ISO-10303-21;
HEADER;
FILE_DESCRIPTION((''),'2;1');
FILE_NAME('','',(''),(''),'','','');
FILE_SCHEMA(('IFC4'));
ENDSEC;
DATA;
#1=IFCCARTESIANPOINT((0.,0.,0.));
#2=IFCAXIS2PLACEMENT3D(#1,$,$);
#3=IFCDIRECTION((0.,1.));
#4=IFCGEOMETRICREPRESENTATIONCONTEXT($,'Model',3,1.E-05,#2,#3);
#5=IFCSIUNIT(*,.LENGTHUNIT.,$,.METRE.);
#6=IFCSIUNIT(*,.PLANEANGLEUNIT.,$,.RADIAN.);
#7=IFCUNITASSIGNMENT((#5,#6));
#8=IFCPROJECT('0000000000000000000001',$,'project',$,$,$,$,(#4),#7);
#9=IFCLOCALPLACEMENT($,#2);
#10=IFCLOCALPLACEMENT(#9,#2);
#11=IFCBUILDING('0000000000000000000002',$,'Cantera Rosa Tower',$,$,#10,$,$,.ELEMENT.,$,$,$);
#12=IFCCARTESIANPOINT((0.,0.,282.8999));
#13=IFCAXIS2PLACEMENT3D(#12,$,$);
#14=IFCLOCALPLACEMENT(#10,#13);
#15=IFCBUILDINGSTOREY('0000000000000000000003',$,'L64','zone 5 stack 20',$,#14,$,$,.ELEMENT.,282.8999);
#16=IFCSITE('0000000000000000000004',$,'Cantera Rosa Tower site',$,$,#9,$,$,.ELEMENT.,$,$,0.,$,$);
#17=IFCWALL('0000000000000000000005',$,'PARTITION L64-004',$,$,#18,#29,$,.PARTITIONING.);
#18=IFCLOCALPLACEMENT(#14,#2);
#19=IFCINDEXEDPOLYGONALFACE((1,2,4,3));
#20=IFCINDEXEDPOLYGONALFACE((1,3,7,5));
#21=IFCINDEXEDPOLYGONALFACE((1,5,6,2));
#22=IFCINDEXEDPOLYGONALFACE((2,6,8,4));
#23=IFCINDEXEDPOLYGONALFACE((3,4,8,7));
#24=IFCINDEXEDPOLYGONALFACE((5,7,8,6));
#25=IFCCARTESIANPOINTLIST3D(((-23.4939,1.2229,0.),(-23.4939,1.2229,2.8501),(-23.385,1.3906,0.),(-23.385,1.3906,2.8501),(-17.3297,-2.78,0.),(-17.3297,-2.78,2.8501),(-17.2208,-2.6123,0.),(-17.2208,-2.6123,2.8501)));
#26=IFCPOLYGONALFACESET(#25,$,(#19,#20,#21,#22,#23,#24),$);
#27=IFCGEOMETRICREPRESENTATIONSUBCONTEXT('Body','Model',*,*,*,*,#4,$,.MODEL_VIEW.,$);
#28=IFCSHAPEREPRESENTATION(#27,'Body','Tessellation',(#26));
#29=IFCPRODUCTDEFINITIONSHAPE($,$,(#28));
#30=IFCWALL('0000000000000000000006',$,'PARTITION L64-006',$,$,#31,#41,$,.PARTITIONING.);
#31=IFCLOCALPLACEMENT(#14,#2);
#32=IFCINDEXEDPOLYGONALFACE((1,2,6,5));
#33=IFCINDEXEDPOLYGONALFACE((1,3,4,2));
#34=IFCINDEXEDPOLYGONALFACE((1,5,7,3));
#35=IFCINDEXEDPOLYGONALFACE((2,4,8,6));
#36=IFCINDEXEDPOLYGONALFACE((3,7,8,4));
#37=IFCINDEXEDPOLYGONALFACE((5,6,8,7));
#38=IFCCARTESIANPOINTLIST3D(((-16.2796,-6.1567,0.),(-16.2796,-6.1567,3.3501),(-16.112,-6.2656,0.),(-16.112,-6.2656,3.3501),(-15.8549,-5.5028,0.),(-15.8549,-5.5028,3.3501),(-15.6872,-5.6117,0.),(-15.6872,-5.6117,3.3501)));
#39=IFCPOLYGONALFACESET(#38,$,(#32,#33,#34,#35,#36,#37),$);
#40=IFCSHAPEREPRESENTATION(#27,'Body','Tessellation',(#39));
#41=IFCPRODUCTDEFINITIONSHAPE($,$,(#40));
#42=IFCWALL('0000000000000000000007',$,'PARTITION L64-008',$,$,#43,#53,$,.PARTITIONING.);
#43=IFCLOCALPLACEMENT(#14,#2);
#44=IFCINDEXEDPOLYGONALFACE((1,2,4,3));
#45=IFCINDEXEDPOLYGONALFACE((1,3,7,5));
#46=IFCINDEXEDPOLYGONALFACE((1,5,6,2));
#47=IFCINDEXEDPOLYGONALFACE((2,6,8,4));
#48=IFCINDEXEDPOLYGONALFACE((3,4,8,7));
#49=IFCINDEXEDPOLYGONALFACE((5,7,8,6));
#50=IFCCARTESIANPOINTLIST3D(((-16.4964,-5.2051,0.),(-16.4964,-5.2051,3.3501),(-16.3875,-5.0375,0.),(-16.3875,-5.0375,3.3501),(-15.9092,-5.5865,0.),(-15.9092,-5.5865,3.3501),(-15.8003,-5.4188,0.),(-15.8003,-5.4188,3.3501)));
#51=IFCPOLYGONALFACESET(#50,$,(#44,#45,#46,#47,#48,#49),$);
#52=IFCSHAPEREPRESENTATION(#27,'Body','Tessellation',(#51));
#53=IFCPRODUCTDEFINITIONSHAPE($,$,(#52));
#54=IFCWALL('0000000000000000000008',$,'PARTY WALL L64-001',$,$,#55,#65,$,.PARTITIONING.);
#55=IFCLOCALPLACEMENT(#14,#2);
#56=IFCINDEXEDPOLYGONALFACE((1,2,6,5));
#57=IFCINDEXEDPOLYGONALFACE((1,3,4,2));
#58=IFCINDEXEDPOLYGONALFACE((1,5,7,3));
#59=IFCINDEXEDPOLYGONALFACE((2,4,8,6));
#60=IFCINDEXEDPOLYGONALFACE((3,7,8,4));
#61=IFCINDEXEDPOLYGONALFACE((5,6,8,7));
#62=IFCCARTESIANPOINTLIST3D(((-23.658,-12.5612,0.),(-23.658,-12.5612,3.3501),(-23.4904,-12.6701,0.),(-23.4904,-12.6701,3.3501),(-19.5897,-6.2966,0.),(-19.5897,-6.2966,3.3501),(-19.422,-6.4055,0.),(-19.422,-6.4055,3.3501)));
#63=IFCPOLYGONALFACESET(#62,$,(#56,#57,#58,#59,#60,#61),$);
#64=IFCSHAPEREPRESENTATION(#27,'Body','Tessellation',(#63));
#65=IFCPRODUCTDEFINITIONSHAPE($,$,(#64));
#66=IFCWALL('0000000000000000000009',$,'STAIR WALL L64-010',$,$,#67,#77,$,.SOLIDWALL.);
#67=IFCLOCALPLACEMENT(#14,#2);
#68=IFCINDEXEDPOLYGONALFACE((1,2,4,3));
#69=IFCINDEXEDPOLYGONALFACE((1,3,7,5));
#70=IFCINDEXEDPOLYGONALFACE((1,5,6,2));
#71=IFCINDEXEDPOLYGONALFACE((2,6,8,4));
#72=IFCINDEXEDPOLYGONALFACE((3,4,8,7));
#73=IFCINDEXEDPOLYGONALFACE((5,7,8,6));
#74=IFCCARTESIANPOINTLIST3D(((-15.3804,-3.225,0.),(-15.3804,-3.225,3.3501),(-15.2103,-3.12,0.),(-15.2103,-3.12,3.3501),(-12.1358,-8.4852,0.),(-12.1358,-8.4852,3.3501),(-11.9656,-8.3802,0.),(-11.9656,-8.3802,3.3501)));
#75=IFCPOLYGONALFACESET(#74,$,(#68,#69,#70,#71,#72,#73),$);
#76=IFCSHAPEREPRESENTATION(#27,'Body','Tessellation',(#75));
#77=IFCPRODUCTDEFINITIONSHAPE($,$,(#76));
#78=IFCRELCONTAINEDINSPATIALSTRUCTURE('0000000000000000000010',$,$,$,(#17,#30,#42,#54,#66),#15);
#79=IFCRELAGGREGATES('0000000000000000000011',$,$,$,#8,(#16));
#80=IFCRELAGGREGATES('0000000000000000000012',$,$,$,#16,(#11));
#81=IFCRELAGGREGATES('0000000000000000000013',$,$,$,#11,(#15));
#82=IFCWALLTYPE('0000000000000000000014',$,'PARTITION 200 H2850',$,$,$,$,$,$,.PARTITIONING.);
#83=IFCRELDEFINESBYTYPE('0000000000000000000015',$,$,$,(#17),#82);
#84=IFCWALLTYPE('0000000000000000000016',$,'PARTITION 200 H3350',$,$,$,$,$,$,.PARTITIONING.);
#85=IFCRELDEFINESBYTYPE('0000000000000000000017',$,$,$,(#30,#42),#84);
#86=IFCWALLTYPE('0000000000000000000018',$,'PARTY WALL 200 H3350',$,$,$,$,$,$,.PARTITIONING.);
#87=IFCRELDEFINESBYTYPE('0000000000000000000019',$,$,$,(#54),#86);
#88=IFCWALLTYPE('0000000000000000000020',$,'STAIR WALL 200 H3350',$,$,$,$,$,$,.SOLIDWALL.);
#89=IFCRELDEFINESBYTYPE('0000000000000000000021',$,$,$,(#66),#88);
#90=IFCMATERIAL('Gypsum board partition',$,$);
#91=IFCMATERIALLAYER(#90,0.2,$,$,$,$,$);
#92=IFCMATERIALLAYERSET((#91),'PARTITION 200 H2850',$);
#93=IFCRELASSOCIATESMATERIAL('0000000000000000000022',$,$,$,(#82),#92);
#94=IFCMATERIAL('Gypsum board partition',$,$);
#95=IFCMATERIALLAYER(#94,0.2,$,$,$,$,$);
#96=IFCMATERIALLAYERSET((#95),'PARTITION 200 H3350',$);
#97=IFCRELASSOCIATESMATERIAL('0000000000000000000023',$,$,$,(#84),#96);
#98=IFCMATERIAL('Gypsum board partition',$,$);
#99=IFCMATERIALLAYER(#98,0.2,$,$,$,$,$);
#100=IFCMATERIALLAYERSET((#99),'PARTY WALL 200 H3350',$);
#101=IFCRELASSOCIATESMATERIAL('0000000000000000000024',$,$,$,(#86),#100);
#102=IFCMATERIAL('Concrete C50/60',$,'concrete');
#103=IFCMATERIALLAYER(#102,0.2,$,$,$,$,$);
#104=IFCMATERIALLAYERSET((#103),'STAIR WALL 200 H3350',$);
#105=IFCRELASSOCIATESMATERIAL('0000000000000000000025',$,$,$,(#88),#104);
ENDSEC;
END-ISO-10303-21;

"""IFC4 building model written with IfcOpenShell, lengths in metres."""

from ifc_helpers import new_model, si_unit, direction, frame, frame_2d, origin, place, context, subcontext, project, spatial, rectangle, extrude, material, layer, layer_set, type_object, element, save


model = new_model("IFC4")

# Units and contexts
model_context = context("Model", 3, precision=1e-05, world=origin(), true_north=direction((0.0, 1.0)))
body_context = subcontext(model_context, "Body", "Model", "MODEL_VIEW")
ifc_project = project(units=[si_unit("LENGTHUNIT", "METRE"), si_unit("PLANEANGLEUNIT", "RADIAN")], contexts=[model_context])

# Site, building, storey
site_placement = place(None, origin())
site = spatial("IfcSite", under=ifc_project, at=site_placement, Name="Cantera Rosa Tower site", CompositionType="ELEMENT", RefElevation=0.0)
building_placement = place(site_placement, origin())
building = spatial("IfcBuilding", under=site, at=building_placement, Name="Cantera Rosa Tower", CompositionType="ELEMENT")
storey_placement = place(building_placement, frame((0.0, 0.0, 282.8999)))
storey = spatial("IfcBuildingStorey", under=building, at=storey_placement, Name="L64", Description="zone 5 stack 20", CompositionType="ELEMENT", Elevation=282.8999)

# Walls
ifc_material_1 = material(Name="Gypsum board partition")
ifc_layer_1 = layer(ifc_material_1, 0.2)
ifc_layer_set_1 = layer_set([ifc_layer_1], Name="PARTITION 200 H2850")
wall_type_1 = type_object("IfcWallType", Name="PARTITION 200 H2850", PredefinedType="PARTITIONING", material=ifc_layer_set_1)
wall_1_placement = place(storey_placement, frame((-17.2754, -2.696, 0.0), z_axis=(0.0, 0.0, 1.0), x_axis=(-0.838684, 0.544618, 0.0)))
element("IfcWall", 1, at=wall_1_placement, inside=storey, type_object=wall_type_1, Name="PARTITION L64-004", PredefinedType="PARTITIONING", context=body_context, shape_type="SweptSolid", body=[
    extrude(rectangle(XDim=7.3499, YDim=0.2, at=frame_2d((3.6748, 0.0))), origin(), (0.0, 0.0, 1.0), 2.8501),
])
ifc_material_2 = material(Name="Gypsum board partition")
ifc_layer_2 = layer(ifc_material_2, 0.2)
ifc_layer_set_2 = layer_set([ifc_layer_2], Name="PARTITION 200 H3350")
wall_type_2 = type_object("IfcWallType", Name="PARTITION 200 H3350", PredefinedType="PARTITIONING", material=ifc_layer_set_2)
wall_2_placement = place(storey_placement, frame((-16.1958, -6.2112, 0.0), z_axis=(0.0, 0.0, 1.0), x_axis=(0.544691, 0.838637, 0.0)))
element("IfcWall", 2, at=wall_2_placement, inside=storey, type_object=wall_type_2, Name="PARTITION L64-006", PredefinedType="PARTITIONING", context=body_context, shape_type="SweptSolid", body=[
    extrude(rectangle(XDim=0.7798, YDim=0.2, at=frame_2d((0.3899, 0.0))), origin(), (0.0, 0.0, 1.0), 3.3501),
])
wall_3_placement = place(storey_placement, frame((-15.8547, -5.5027, 0.0), z_axis=(0.0, 0.0, 1.0), x_axis=(-0.838643, 0.544682, 0.0)))
element("IfcWall", 3, at=wall_3_placement, inside=storey, type_object=wall_type_2, Name="PARTITION L64-008", PredefinedType="PARTITIONING", context=body_context, shape_type="SweptSolid", body=[
    extrude(rectangle(XDim=0.7002, YDim=0.2, at=frame_2d((0.3501, 0.0))), origin(), (0.0, 0.0, 1.0), 3.3501),
])
ifc_material_3 = material(Name="Gypsum board partition")
ifc_layer_3 = layer(ifc_material_3, 0.2)
ifc_layer_set_3 = layer_set([ifc_layer_3], Name="PARTY WALL 200 H3350")
wall_type_3 = type_object("IfcWallType", Name="PARTY WALL 200 H3350", PredefinedType="PARTITIONING", material=ifc_layer_set_3)
wall_4_placement = place(storey_placement, frame((-19.5059, -6.3511, 0.0), z_axis=(0.0, 0.0, 1.0), x_axis=(-0.544644, -0.838668, 0.0)))
element("IfcWall", 4, at=wall_4_placement, inside=storey, type_object=wall_type_3, Name="PARTY WALL L64-001", PredefinedType="PARTITIONING", context=body_context, shape_type="SweptSolid", body=[
    extrude(rectangle(XDim=7.4697, YDim=0.2, at=frame_2d((3.7349, 0.0))), origin(), (0.0, 0.0, 1.0), 3.3501),
])
ifc_material_4 = material(Name="Concrete C50/60", Category="concrete")
ifc_layer_4 = layer(ifc_material_4, 0.2)
ifc_layer_set_4 = layer_set([ifc_layer_4], Name="STAIR WALL 200 H3350")
wall_type_4 = type_object("IfcWallType", Name="STAIR WALL 200 H3350", PredefinedType="SOLIDWALL", material=ifc_layer_set_4)
wall_5_placement = place(storey_placement, frame((-15.2954, -3.1724, 0.0), z_axis=(0.0, 0.0, 1.0), x_axis=(0.524983, -0.851113, 0.0)))
element("IfcWall", 5, at=wall_5_placement, inside=storey, type_object=wall_type_4, Name="STAIR WALL L64-010", PredefinedType="SOLIDWALL", context=body_context, shape_type="SweptSolid", body=[
    extrude(rectangle(XDim=6.1804, YDim=0.2, at=frame_2d((3.0903, 0.0))), origin(), (0.0, 0.0, 1.0), 3.3501),
])

save(model, "model.ifc")
